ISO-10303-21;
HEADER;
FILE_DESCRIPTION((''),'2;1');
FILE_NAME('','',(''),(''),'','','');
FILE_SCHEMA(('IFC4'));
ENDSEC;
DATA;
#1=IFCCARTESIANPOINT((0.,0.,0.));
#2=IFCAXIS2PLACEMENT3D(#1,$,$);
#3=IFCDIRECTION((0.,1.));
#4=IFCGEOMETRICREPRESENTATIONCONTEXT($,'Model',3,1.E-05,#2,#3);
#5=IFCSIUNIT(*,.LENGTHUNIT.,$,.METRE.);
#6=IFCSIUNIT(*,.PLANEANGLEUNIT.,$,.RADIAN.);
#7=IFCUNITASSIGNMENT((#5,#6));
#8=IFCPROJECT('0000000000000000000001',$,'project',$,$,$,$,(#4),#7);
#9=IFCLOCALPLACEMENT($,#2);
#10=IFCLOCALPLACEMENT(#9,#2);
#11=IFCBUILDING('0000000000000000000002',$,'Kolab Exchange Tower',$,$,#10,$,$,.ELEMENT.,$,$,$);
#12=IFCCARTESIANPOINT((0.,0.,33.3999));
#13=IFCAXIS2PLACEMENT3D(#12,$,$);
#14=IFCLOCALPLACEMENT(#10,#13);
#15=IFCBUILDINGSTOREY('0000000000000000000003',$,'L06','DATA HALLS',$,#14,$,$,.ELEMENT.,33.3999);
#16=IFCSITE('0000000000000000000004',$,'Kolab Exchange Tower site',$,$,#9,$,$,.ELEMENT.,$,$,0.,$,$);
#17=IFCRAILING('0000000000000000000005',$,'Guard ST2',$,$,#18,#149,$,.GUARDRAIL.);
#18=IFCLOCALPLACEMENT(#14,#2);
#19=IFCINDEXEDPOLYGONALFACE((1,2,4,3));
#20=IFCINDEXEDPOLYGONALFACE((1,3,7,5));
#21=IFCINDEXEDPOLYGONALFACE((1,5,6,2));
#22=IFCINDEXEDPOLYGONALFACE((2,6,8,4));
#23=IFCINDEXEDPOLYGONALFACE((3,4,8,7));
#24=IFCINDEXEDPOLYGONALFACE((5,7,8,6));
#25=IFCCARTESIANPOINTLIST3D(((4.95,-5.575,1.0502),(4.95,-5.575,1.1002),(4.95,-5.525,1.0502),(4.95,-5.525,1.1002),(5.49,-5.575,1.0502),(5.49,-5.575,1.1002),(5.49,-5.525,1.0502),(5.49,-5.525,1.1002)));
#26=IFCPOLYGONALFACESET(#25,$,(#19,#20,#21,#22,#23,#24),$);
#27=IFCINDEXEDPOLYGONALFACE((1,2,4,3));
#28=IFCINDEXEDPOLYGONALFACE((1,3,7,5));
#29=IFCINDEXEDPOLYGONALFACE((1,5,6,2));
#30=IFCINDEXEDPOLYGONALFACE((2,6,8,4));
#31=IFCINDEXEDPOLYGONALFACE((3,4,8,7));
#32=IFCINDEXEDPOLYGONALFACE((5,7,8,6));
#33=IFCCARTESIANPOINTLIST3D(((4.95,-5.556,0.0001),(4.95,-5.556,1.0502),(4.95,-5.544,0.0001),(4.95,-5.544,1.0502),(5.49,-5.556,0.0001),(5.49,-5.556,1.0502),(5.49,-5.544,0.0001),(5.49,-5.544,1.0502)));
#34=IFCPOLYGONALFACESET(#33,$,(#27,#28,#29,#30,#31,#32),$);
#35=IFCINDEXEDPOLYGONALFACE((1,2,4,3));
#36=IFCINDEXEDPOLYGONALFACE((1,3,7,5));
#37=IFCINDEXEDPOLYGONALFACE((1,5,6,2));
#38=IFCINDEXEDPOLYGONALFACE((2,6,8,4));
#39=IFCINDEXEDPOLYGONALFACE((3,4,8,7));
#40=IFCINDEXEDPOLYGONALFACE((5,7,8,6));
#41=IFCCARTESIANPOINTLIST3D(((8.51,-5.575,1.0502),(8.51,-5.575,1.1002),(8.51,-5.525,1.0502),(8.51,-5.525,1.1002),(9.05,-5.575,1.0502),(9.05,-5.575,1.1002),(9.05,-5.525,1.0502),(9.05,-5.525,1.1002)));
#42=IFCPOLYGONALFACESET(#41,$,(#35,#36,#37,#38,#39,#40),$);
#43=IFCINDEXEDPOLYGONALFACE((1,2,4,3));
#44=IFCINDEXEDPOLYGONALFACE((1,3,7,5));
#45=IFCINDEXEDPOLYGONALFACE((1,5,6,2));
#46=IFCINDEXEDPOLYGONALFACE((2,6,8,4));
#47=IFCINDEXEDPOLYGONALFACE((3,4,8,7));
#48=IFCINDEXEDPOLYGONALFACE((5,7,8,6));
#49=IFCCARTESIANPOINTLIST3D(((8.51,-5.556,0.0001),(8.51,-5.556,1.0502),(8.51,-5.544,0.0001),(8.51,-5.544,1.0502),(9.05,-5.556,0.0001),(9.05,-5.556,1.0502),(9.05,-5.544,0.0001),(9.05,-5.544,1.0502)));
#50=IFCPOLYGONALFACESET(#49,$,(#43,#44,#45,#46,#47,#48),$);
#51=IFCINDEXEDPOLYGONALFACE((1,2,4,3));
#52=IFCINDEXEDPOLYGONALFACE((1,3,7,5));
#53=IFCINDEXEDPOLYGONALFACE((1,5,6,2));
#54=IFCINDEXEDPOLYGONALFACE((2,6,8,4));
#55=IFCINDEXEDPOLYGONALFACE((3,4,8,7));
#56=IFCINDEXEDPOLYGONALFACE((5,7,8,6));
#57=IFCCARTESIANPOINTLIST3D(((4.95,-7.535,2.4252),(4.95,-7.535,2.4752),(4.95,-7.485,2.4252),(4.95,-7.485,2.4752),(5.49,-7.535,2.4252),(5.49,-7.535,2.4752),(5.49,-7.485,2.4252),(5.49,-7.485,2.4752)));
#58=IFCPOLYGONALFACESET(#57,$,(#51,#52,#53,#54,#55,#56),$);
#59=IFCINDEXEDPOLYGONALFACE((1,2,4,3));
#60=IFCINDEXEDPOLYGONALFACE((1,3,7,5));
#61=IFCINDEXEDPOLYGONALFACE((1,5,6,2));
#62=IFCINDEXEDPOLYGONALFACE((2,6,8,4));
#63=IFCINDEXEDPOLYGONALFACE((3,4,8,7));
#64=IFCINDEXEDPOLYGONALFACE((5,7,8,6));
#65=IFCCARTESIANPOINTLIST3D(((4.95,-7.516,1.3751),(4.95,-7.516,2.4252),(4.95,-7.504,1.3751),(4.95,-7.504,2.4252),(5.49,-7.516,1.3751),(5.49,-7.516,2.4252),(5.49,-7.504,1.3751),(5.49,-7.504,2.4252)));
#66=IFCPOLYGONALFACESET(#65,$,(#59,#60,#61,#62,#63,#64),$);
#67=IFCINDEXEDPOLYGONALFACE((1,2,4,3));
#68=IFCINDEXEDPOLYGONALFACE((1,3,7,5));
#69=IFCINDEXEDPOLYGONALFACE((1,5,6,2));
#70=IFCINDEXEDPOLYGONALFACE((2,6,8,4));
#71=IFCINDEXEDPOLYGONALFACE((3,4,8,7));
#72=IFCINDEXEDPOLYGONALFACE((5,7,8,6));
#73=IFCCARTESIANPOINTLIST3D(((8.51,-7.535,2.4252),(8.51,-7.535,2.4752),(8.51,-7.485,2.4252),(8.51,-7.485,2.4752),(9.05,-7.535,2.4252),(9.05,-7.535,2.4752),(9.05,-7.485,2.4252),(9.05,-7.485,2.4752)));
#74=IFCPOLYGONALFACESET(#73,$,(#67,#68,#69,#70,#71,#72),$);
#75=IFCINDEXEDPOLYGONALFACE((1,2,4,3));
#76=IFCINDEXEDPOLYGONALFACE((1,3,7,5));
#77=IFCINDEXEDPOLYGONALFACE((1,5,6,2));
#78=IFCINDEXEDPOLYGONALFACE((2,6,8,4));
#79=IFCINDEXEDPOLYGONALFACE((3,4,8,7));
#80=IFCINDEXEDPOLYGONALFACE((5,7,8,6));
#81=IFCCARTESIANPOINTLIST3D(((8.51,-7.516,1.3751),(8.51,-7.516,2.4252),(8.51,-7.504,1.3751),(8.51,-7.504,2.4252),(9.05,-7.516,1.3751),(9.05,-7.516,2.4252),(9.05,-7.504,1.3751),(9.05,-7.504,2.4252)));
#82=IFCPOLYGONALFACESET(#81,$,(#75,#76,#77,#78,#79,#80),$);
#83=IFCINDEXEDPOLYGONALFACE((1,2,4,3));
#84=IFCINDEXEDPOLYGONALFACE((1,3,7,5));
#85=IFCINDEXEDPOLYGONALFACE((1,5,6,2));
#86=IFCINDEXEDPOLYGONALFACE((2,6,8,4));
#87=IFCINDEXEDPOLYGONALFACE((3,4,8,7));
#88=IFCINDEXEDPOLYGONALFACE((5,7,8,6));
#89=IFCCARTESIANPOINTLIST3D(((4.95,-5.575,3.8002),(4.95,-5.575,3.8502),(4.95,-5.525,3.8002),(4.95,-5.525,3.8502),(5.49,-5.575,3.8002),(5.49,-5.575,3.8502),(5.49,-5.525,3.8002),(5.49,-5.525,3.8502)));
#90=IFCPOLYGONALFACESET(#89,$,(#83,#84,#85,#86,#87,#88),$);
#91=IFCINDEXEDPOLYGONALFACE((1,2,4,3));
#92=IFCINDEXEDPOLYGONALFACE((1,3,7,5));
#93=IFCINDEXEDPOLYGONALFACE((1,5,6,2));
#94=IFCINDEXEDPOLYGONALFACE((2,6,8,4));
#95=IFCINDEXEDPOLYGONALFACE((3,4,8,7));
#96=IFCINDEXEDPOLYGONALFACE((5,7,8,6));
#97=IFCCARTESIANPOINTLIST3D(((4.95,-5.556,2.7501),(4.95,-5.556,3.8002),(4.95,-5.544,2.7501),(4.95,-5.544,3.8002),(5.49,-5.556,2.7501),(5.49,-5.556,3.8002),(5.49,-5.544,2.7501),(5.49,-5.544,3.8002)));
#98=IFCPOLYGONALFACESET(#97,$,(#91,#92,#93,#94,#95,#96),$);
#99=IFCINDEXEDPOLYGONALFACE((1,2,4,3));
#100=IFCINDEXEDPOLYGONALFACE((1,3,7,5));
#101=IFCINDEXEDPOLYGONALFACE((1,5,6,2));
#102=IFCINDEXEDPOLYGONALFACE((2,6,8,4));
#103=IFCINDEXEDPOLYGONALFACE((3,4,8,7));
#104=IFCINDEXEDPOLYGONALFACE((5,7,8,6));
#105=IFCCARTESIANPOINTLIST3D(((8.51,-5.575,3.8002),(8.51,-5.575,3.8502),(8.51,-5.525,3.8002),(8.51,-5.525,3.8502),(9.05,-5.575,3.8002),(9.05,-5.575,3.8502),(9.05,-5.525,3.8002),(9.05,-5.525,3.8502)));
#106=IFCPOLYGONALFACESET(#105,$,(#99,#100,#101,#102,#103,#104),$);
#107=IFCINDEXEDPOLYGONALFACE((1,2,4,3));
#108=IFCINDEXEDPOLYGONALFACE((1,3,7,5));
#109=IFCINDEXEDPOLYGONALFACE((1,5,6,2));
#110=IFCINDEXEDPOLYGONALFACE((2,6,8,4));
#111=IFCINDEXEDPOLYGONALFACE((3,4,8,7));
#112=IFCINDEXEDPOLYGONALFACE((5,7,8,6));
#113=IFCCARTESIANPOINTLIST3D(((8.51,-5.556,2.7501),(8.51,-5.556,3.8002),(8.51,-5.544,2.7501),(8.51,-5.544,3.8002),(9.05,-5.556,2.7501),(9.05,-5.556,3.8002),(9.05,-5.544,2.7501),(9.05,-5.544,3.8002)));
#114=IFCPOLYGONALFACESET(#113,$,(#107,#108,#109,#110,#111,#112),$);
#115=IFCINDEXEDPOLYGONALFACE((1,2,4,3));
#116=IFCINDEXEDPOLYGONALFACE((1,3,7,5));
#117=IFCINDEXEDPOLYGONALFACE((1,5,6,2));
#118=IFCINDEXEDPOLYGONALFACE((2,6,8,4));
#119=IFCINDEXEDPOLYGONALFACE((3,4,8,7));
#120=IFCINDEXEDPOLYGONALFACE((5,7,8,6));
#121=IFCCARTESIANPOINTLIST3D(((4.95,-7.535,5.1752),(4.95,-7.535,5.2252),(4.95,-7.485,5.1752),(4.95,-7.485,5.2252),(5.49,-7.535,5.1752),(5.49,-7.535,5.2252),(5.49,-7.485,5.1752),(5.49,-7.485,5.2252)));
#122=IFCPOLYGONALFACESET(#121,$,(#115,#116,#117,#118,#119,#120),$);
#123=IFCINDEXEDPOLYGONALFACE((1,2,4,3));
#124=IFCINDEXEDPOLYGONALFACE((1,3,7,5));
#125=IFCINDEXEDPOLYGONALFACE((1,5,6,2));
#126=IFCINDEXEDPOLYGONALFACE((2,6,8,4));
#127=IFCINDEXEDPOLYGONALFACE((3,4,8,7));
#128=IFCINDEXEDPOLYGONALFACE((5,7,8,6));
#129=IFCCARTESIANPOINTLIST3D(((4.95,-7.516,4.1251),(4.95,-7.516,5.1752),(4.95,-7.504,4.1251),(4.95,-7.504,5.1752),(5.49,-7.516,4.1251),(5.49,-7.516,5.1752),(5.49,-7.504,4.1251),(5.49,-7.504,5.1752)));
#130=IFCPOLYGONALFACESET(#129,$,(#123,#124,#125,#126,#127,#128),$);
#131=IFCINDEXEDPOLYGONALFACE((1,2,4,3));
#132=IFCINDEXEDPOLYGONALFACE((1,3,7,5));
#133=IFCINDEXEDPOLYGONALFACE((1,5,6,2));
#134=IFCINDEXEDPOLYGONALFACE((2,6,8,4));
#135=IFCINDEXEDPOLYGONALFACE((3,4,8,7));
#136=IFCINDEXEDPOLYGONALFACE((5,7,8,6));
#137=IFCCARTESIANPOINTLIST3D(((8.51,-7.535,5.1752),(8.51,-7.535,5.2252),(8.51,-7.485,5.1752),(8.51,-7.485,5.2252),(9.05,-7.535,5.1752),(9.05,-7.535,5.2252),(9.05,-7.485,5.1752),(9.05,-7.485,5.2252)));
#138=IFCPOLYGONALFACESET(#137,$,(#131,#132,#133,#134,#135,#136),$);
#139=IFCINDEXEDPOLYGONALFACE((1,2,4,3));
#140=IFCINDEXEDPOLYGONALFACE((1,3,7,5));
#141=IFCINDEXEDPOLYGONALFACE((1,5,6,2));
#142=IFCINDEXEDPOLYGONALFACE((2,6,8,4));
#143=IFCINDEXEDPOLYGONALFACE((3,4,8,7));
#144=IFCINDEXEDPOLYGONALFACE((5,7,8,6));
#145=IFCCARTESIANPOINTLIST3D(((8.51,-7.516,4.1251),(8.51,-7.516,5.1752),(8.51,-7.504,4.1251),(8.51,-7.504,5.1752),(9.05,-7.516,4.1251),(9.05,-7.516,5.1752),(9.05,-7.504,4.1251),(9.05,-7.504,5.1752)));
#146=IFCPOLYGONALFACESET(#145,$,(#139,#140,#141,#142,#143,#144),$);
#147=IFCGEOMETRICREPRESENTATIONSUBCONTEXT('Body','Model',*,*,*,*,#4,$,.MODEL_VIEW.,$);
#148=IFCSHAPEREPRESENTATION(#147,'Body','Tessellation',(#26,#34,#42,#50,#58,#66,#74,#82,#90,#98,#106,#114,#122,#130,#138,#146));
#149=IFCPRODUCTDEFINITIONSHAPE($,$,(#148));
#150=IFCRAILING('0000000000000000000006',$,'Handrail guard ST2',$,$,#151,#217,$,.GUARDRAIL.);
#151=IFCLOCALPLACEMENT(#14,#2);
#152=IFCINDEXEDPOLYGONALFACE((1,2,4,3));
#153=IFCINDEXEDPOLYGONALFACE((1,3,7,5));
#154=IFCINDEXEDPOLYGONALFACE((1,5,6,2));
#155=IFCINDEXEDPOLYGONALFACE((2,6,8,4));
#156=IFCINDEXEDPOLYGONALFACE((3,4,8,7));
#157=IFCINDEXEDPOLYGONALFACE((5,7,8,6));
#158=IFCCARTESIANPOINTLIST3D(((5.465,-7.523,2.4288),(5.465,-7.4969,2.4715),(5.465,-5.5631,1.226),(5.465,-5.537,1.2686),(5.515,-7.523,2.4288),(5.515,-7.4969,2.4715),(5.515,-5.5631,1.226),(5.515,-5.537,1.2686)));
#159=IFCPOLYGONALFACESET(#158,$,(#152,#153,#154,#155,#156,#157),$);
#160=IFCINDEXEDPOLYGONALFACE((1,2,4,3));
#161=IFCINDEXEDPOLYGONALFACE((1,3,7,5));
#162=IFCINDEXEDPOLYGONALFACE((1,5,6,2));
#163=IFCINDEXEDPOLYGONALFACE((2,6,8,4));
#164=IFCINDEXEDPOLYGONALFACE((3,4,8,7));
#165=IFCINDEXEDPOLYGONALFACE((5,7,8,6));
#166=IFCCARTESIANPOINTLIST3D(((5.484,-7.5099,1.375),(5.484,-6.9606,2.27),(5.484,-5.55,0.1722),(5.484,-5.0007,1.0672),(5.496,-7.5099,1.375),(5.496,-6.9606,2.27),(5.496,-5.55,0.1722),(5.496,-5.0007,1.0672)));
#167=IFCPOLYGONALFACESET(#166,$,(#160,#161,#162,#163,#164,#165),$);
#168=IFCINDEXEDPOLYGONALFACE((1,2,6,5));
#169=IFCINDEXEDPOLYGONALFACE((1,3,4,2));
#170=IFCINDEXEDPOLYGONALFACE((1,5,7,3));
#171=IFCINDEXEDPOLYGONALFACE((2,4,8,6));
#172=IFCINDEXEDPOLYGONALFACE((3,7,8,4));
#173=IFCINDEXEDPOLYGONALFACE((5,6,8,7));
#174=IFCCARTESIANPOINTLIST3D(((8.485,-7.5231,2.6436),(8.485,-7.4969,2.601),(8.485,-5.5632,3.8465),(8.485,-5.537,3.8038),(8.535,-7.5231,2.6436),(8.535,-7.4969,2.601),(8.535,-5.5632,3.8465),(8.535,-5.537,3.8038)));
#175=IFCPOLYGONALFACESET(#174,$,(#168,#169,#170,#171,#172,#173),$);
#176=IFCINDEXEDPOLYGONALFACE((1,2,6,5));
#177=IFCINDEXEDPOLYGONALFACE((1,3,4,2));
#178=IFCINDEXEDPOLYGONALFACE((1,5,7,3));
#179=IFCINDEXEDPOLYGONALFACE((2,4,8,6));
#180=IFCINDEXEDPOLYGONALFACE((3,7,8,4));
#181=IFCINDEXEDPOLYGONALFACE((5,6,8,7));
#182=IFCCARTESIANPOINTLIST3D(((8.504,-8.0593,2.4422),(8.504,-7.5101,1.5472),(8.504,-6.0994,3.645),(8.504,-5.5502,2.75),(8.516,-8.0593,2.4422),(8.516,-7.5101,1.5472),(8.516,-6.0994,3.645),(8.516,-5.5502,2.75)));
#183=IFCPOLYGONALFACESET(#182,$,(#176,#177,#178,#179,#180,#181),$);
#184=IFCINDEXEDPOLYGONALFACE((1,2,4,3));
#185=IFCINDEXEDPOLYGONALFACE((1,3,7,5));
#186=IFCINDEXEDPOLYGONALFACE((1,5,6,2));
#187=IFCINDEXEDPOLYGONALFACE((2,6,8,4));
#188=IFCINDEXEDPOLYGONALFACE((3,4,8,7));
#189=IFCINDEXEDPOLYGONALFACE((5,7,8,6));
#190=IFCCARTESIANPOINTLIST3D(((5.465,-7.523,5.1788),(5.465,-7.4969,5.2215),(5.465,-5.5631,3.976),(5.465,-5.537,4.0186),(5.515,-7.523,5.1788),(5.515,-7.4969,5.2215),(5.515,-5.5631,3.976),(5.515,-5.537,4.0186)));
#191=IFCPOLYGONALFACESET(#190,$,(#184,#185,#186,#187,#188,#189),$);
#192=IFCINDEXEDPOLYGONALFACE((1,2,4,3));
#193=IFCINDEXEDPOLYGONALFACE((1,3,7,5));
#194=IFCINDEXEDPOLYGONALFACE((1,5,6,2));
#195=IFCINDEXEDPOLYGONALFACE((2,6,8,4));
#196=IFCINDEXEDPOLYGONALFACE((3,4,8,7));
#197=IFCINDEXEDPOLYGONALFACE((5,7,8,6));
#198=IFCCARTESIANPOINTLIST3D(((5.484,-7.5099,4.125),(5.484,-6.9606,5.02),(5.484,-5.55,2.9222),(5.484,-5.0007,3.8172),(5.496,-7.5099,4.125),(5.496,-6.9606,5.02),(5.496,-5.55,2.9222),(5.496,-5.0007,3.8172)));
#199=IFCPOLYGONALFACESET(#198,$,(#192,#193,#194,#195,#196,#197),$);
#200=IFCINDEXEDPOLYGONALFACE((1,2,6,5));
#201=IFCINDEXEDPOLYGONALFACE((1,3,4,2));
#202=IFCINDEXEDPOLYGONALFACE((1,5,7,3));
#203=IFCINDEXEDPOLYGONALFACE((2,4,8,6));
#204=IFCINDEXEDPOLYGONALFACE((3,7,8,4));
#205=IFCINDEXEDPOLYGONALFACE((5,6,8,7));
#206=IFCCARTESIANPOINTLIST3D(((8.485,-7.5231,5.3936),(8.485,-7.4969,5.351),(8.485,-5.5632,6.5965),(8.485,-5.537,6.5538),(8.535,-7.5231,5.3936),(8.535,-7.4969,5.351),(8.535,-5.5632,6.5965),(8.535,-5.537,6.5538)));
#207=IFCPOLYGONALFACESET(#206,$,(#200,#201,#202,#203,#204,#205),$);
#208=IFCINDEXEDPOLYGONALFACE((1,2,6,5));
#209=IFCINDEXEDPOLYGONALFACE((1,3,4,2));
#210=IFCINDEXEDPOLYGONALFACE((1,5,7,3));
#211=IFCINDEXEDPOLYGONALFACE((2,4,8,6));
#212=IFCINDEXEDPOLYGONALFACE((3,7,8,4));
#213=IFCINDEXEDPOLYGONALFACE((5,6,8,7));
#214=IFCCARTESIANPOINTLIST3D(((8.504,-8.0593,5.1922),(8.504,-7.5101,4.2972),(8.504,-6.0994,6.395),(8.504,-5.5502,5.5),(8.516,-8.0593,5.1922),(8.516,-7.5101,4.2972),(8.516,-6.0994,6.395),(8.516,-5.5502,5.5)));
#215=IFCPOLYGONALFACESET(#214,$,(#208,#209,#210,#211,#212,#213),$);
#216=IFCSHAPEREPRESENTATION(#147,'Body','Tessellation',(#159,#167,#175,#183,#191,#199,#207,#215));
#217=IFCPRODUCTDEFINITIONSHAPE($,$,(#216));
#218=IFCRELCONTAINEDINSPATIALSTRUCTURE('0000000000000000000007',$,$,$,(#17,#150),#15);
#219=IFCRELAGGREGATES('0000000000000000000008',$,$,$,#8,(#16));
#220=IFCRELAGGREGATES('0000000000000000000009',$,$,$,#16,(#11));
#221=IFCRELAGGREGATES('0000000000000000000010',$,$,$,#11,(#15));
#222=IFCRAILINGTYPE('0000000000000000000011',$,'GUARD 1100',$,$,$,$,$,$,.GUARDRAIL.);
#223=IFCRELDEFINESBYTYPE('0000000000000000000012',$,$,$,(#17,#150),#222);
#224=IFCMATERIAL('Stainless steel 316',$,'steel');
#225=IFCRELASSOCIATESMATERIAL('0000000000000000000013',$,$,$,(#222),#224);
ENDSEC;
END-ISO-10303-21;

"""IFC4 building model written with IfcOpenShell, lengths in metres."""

from ifc_helpers import new_model, si_unit, direction, frame, frame_2d, origin, origin_2d, place, context, subcontext, project, spatial, rectangle, extrude, material, type_object, element, save


model = new_model("IFC4")

# Units and contexts
model_context = context("Model", 3, precision=1e-05, world=origin(), true_north=direction((0.0, 1.0)))
body_context = subcontext(model_context, "Body", "Model", "MODEL_VIEW")
ifc_project = project(units=[si_unit("LENGTHUNIT", "METRE"), si_unit("PLANEANGLEUNIT", "RADIAN")], contexts=[model_context])

# Site, building, storey
site_placement = place(None, origin())
site = spatial("IfcSite", under=ifc_project, at=site_placement, Name="Kolab Exchange Tower site", CompositionType="ELEMENT", RefElevation=0.0)
building_placement = place(site_placement, origin())
building = spatial("IfcBuilding", under=site, at=building_placement, Name="Kolab Exchange Tower", CompositionType="ELEMENT")
storey_placement = place(building_placement, frame((0.0, 0.0, 33.3999)))
storey = spatial("IfcBuildingStorey", under=building, at=storey_placement, Name="L06", Description="DATA HALLS", CompositionType="ELEMENT", Elevation=33.3999)

# Shared definitions
ifc_material_1 = material(Name="Stainless steel 316", Category="steel")

# Railings
railing_type = type_object("IfcRailingType", Name="GUARD 1100", PredefinedType="GUARDRAIL", material=ifc_material_1)
railing_1_placement = place(storey_placement, frame((4.95, -5.55, 0.0)))
element("IfcRailing", 1, at=railing_1_placement, inside=storey, type_object=railing_type, Name="Guard ST2", PredefinedType="GUARDRAIL", context=body_context, shape_type="SweptSolid", body=[
    extrude(rectangle(XDim=0.05, YDim=0.05, at=origin_2d()), frame((0.0, 0.0, 1.0752), z_axis=(1.0, 0.0, 0.0), x_axis=(0.0, 1.0, 0.0)), (0.0, 0.0, 1.0), 0.54),
    extrude(rectangle(XDim=0.012, YDim=1.0501, at=frame_2d((0.0, 0.5251))), frame((0.0, 0.0, 0.0), z_axis=(1.0, 0.0, 0.0), x_axis=(0.0, 1.0, 0.0)), (0.0, 0.0, 1.0), 0.54),
    extrude(rectangle(XDim=0.05, YDim=0.05, at=origin_2d()), frame((3.5601, 0.0, 1.0752), z_axis=(1.0, 0.0, 0.0), x_axis=(0.0, 1.0, 0.0)), (0.0, 0.0, 1.0), 0.54),
    extrude(rectangle(XDim=0.012, YDim=1.0501, at=frame_2d((0.0, 0.5251))), frame((3.5601, 0.0, 0.0), z_axis=(1.0, 0.0, 0.0), x_axis=(0.0, 1.0, 0.0)), (0.0, 0.0, 1.0), 0.54),
    extrude(rectangle(XDim=0.05, YDim=0.05, at=origin_2d()), frame((0.0, -1.96, 2.4502), z_axis=(1.0, 0.0, 0.0), x_axis=(0.0, 1.0, 0.0)), (0.0, 0.0, 1.0), 0.54),
    extrude(rectangle(XDim=0.012, YDim=1.0501, at=frame_2d((0.0, 0.5251))), frame((0.0, -1.96, 1.375), z_axis=(1.0, 0.0, 0.0), x_axis=(0.0, 1.0, 0.0)), (0.0, 0.0, 1.0), 0.54),
    extrude(rectangle(XDim=0.05, YDim=0.05, at=origin_2d()), frame((3.5601, -1.96, 2.4502), z_axis=(1.0, 0.0, 0.0), x_axis=(0.0, 1.0, 0.0)), (0.0, 0.0, 1.0), 0.54),
    extrude(rectangle(XDim=0.012, YDim=1.0501, at=frame_2d((0.0, 0.5251))), frame((3.5601, -1.96, 1.375), z_axis=(1.0, 0.0, 0.0), x_axis=(0.0, 1.0, 0.0)), (0.0, 0.0, 1.0), 0.54),
    extrude(rectangle(XDim=0.05, YDim=0.05, at=origin_2d()), frame((0.0, 0.0, 3.8252), z_axis=(1.0, 0.0, 0.0), x_axis=(0.0, 1.0, 0.0)), (0.0, 0.0, 1.0), 0.54),
    extrude(rectangle(XDim=0.012, YDim=1.0501, at=frame_2d((0.0, 0.5251))), frame((0.0, 0.0, 2.75), z_axis=(1.0, 0.0, 0.0), x_axis=(0.0, 1.0, 0.0)), (0.0, 0.0, 1.0), 0.54),
    extrude(rectangle(XDim=0.05, YDim=0.05, at=origin_2d()), frame((3.5601, 0.0, 3.8252), z_axis=(1.0, 0.0, 0.0), x_axis=(0.0, 1.0, 0.0)), (0.0, 0.0, 1.0), 0.54),
    extrude(rectangle(XDim=0.012, YDim=1.0501, at=frame_2d((0.0, 0.5251))), frame((3.5601, 0.0, 2.75), z_axis=(1.0, 0.0, 0.0), x_axis=(0.0, 1.0, 0.0)), (0.0, 0.0, 1.0), 0.54),
    extrude(rectangle(XDim=0.05, YDim=0.05, at=origin_2d()), frame((0.0, -1.96, 5.2002), z_axis=(1.0, 0.0, 0.0), x_axis=(0.0, 1.0, 0.0)), (0.0, 0.0, 1.0), 0.54),
    extrude(rectangle(XDim=0.012, YDim=1.0501, at=frame_2d((0.0, 0.5251))), frame((0.0, -1.96, 4.125), z_axis=(1.0, 0.0, 0.0), x_axis=(0.0, 1.0, 0.0)), (0.0, 0.0, 1.0), 0.54),
    extrude(rectangle(XDim=0.05, YDim=0.05, at=origin_2d()), frame((3.5601, -1.96, 5.2002), z_axis=(1.0, 0.0, 0.0), x_axis=(0.0, 1.0, 0.0)), (0.0, 0.0, 1.0), 0.54),
    extrude(rectangle(XDim=0.012, YDim=1.0501, at=frame_2d((0.0, 0.5251))), frame((3.5601, -1.96, 4.125), z_axis=(1.0, 0.0, 0.0), x_axis=(0.0, 1.0, 0.0)), (0.0, 0.0, 1.0), 0.54),
])
railing_2_placement = place(storey_placement, frame((5.49, -5.55, 0.1721)))
element("IfcRailing", 2, at=railing_2_placement, inside=storey, type_object=railing_type, Name="Handrail guard ST2", PredefinedType="GUARDRAIL", context=body_context, shape_type="SweptSolid", body=[
    extrude(rectangle(XDim=0.05, YDim=0.05, at=origin_2d()), frame((0.0, 0.0, 1.0752), z_axis=(0.0, -0.852288, 0.523072), x_axis=(1.0, 0.0, 0.0)), (0.0, 0.0, 1.0), 2.2996),
    extrude(rectangle(XDim=0.012, YDim=1.0501, at=frame_2d((0.0, 0.5251))), frame((0.0, 0.0, 0.0), z_axis=(0.0, -0.852288, 0.523072), x_axis=(1.0, 0.0, 0.0)), (0.0, 0.0, 1.0), 2.2996),
    extrude(rectangle(XDim=0.05, YDim=0.05, at=origin_2d()), frame((3.02, -1.96, 2.4502), z_axis=(0.0, 0.852288, 0.523072), x_axis=(-1.0, 0.0, 0.0)), (0.0, 0.0, 1.0), 2.2996),
    extrude(rectangle(XDim=0.012, YDim=1.0501, at=frame_2d((0.0, 0.5251))), frame((3.02, -1.96, 1.375), z_axis=(0.0, 0.852288, 0.523072), x_axis=(-1.0, 0.0, 0.0)), (0.0, 0.0, 1.0), 2.2996),
    extrude(rectangle(XDim=0.05, YDim=0.05, at=origin_2d()), frame((0.0, 0.0, 3.8252), z_axis=(0.0, -0.852288, 0.523072), x_axis=(1.0, 0.0, 0.0)), (0.0, 0.0, 1.0), 2.2996),
    extrude(rectangle(XDim=0.012, YDim=1.0501, at=frame_2d((0.0, 0.5251))), frame((0.0, 0.0, 2.75), z_axis=(0.0, -0.852288, 0.523072), x_axis=(1.0, 0.0, 0.0)), (0.0, 0.0, 1.0), 2.2996),
    extrude(rectangle(XDim=0.05, YDim=0.05, at=origin_2d()), frame((3.02, -1.96, 5.2002), z_axis=(0.0, 0.852288, 0.523072), x_axis=(-1.0, 0.0, 0.0)), (0.0, 0.0, 1.0), 2.2996),
    extrude(rectangle(XDim=0.012, YDim=1.0501, at=frame_2d((0.0, 0.5251))), frame((3.02, -1.96, 4.125), z_axis=(0.0, 0.852288, 0.523072), x_axis=(-1.0, 0.0, 0.0)), (0.0, 0.0, 1.0), 2.2996),
])

save(model, "model.ifc")
